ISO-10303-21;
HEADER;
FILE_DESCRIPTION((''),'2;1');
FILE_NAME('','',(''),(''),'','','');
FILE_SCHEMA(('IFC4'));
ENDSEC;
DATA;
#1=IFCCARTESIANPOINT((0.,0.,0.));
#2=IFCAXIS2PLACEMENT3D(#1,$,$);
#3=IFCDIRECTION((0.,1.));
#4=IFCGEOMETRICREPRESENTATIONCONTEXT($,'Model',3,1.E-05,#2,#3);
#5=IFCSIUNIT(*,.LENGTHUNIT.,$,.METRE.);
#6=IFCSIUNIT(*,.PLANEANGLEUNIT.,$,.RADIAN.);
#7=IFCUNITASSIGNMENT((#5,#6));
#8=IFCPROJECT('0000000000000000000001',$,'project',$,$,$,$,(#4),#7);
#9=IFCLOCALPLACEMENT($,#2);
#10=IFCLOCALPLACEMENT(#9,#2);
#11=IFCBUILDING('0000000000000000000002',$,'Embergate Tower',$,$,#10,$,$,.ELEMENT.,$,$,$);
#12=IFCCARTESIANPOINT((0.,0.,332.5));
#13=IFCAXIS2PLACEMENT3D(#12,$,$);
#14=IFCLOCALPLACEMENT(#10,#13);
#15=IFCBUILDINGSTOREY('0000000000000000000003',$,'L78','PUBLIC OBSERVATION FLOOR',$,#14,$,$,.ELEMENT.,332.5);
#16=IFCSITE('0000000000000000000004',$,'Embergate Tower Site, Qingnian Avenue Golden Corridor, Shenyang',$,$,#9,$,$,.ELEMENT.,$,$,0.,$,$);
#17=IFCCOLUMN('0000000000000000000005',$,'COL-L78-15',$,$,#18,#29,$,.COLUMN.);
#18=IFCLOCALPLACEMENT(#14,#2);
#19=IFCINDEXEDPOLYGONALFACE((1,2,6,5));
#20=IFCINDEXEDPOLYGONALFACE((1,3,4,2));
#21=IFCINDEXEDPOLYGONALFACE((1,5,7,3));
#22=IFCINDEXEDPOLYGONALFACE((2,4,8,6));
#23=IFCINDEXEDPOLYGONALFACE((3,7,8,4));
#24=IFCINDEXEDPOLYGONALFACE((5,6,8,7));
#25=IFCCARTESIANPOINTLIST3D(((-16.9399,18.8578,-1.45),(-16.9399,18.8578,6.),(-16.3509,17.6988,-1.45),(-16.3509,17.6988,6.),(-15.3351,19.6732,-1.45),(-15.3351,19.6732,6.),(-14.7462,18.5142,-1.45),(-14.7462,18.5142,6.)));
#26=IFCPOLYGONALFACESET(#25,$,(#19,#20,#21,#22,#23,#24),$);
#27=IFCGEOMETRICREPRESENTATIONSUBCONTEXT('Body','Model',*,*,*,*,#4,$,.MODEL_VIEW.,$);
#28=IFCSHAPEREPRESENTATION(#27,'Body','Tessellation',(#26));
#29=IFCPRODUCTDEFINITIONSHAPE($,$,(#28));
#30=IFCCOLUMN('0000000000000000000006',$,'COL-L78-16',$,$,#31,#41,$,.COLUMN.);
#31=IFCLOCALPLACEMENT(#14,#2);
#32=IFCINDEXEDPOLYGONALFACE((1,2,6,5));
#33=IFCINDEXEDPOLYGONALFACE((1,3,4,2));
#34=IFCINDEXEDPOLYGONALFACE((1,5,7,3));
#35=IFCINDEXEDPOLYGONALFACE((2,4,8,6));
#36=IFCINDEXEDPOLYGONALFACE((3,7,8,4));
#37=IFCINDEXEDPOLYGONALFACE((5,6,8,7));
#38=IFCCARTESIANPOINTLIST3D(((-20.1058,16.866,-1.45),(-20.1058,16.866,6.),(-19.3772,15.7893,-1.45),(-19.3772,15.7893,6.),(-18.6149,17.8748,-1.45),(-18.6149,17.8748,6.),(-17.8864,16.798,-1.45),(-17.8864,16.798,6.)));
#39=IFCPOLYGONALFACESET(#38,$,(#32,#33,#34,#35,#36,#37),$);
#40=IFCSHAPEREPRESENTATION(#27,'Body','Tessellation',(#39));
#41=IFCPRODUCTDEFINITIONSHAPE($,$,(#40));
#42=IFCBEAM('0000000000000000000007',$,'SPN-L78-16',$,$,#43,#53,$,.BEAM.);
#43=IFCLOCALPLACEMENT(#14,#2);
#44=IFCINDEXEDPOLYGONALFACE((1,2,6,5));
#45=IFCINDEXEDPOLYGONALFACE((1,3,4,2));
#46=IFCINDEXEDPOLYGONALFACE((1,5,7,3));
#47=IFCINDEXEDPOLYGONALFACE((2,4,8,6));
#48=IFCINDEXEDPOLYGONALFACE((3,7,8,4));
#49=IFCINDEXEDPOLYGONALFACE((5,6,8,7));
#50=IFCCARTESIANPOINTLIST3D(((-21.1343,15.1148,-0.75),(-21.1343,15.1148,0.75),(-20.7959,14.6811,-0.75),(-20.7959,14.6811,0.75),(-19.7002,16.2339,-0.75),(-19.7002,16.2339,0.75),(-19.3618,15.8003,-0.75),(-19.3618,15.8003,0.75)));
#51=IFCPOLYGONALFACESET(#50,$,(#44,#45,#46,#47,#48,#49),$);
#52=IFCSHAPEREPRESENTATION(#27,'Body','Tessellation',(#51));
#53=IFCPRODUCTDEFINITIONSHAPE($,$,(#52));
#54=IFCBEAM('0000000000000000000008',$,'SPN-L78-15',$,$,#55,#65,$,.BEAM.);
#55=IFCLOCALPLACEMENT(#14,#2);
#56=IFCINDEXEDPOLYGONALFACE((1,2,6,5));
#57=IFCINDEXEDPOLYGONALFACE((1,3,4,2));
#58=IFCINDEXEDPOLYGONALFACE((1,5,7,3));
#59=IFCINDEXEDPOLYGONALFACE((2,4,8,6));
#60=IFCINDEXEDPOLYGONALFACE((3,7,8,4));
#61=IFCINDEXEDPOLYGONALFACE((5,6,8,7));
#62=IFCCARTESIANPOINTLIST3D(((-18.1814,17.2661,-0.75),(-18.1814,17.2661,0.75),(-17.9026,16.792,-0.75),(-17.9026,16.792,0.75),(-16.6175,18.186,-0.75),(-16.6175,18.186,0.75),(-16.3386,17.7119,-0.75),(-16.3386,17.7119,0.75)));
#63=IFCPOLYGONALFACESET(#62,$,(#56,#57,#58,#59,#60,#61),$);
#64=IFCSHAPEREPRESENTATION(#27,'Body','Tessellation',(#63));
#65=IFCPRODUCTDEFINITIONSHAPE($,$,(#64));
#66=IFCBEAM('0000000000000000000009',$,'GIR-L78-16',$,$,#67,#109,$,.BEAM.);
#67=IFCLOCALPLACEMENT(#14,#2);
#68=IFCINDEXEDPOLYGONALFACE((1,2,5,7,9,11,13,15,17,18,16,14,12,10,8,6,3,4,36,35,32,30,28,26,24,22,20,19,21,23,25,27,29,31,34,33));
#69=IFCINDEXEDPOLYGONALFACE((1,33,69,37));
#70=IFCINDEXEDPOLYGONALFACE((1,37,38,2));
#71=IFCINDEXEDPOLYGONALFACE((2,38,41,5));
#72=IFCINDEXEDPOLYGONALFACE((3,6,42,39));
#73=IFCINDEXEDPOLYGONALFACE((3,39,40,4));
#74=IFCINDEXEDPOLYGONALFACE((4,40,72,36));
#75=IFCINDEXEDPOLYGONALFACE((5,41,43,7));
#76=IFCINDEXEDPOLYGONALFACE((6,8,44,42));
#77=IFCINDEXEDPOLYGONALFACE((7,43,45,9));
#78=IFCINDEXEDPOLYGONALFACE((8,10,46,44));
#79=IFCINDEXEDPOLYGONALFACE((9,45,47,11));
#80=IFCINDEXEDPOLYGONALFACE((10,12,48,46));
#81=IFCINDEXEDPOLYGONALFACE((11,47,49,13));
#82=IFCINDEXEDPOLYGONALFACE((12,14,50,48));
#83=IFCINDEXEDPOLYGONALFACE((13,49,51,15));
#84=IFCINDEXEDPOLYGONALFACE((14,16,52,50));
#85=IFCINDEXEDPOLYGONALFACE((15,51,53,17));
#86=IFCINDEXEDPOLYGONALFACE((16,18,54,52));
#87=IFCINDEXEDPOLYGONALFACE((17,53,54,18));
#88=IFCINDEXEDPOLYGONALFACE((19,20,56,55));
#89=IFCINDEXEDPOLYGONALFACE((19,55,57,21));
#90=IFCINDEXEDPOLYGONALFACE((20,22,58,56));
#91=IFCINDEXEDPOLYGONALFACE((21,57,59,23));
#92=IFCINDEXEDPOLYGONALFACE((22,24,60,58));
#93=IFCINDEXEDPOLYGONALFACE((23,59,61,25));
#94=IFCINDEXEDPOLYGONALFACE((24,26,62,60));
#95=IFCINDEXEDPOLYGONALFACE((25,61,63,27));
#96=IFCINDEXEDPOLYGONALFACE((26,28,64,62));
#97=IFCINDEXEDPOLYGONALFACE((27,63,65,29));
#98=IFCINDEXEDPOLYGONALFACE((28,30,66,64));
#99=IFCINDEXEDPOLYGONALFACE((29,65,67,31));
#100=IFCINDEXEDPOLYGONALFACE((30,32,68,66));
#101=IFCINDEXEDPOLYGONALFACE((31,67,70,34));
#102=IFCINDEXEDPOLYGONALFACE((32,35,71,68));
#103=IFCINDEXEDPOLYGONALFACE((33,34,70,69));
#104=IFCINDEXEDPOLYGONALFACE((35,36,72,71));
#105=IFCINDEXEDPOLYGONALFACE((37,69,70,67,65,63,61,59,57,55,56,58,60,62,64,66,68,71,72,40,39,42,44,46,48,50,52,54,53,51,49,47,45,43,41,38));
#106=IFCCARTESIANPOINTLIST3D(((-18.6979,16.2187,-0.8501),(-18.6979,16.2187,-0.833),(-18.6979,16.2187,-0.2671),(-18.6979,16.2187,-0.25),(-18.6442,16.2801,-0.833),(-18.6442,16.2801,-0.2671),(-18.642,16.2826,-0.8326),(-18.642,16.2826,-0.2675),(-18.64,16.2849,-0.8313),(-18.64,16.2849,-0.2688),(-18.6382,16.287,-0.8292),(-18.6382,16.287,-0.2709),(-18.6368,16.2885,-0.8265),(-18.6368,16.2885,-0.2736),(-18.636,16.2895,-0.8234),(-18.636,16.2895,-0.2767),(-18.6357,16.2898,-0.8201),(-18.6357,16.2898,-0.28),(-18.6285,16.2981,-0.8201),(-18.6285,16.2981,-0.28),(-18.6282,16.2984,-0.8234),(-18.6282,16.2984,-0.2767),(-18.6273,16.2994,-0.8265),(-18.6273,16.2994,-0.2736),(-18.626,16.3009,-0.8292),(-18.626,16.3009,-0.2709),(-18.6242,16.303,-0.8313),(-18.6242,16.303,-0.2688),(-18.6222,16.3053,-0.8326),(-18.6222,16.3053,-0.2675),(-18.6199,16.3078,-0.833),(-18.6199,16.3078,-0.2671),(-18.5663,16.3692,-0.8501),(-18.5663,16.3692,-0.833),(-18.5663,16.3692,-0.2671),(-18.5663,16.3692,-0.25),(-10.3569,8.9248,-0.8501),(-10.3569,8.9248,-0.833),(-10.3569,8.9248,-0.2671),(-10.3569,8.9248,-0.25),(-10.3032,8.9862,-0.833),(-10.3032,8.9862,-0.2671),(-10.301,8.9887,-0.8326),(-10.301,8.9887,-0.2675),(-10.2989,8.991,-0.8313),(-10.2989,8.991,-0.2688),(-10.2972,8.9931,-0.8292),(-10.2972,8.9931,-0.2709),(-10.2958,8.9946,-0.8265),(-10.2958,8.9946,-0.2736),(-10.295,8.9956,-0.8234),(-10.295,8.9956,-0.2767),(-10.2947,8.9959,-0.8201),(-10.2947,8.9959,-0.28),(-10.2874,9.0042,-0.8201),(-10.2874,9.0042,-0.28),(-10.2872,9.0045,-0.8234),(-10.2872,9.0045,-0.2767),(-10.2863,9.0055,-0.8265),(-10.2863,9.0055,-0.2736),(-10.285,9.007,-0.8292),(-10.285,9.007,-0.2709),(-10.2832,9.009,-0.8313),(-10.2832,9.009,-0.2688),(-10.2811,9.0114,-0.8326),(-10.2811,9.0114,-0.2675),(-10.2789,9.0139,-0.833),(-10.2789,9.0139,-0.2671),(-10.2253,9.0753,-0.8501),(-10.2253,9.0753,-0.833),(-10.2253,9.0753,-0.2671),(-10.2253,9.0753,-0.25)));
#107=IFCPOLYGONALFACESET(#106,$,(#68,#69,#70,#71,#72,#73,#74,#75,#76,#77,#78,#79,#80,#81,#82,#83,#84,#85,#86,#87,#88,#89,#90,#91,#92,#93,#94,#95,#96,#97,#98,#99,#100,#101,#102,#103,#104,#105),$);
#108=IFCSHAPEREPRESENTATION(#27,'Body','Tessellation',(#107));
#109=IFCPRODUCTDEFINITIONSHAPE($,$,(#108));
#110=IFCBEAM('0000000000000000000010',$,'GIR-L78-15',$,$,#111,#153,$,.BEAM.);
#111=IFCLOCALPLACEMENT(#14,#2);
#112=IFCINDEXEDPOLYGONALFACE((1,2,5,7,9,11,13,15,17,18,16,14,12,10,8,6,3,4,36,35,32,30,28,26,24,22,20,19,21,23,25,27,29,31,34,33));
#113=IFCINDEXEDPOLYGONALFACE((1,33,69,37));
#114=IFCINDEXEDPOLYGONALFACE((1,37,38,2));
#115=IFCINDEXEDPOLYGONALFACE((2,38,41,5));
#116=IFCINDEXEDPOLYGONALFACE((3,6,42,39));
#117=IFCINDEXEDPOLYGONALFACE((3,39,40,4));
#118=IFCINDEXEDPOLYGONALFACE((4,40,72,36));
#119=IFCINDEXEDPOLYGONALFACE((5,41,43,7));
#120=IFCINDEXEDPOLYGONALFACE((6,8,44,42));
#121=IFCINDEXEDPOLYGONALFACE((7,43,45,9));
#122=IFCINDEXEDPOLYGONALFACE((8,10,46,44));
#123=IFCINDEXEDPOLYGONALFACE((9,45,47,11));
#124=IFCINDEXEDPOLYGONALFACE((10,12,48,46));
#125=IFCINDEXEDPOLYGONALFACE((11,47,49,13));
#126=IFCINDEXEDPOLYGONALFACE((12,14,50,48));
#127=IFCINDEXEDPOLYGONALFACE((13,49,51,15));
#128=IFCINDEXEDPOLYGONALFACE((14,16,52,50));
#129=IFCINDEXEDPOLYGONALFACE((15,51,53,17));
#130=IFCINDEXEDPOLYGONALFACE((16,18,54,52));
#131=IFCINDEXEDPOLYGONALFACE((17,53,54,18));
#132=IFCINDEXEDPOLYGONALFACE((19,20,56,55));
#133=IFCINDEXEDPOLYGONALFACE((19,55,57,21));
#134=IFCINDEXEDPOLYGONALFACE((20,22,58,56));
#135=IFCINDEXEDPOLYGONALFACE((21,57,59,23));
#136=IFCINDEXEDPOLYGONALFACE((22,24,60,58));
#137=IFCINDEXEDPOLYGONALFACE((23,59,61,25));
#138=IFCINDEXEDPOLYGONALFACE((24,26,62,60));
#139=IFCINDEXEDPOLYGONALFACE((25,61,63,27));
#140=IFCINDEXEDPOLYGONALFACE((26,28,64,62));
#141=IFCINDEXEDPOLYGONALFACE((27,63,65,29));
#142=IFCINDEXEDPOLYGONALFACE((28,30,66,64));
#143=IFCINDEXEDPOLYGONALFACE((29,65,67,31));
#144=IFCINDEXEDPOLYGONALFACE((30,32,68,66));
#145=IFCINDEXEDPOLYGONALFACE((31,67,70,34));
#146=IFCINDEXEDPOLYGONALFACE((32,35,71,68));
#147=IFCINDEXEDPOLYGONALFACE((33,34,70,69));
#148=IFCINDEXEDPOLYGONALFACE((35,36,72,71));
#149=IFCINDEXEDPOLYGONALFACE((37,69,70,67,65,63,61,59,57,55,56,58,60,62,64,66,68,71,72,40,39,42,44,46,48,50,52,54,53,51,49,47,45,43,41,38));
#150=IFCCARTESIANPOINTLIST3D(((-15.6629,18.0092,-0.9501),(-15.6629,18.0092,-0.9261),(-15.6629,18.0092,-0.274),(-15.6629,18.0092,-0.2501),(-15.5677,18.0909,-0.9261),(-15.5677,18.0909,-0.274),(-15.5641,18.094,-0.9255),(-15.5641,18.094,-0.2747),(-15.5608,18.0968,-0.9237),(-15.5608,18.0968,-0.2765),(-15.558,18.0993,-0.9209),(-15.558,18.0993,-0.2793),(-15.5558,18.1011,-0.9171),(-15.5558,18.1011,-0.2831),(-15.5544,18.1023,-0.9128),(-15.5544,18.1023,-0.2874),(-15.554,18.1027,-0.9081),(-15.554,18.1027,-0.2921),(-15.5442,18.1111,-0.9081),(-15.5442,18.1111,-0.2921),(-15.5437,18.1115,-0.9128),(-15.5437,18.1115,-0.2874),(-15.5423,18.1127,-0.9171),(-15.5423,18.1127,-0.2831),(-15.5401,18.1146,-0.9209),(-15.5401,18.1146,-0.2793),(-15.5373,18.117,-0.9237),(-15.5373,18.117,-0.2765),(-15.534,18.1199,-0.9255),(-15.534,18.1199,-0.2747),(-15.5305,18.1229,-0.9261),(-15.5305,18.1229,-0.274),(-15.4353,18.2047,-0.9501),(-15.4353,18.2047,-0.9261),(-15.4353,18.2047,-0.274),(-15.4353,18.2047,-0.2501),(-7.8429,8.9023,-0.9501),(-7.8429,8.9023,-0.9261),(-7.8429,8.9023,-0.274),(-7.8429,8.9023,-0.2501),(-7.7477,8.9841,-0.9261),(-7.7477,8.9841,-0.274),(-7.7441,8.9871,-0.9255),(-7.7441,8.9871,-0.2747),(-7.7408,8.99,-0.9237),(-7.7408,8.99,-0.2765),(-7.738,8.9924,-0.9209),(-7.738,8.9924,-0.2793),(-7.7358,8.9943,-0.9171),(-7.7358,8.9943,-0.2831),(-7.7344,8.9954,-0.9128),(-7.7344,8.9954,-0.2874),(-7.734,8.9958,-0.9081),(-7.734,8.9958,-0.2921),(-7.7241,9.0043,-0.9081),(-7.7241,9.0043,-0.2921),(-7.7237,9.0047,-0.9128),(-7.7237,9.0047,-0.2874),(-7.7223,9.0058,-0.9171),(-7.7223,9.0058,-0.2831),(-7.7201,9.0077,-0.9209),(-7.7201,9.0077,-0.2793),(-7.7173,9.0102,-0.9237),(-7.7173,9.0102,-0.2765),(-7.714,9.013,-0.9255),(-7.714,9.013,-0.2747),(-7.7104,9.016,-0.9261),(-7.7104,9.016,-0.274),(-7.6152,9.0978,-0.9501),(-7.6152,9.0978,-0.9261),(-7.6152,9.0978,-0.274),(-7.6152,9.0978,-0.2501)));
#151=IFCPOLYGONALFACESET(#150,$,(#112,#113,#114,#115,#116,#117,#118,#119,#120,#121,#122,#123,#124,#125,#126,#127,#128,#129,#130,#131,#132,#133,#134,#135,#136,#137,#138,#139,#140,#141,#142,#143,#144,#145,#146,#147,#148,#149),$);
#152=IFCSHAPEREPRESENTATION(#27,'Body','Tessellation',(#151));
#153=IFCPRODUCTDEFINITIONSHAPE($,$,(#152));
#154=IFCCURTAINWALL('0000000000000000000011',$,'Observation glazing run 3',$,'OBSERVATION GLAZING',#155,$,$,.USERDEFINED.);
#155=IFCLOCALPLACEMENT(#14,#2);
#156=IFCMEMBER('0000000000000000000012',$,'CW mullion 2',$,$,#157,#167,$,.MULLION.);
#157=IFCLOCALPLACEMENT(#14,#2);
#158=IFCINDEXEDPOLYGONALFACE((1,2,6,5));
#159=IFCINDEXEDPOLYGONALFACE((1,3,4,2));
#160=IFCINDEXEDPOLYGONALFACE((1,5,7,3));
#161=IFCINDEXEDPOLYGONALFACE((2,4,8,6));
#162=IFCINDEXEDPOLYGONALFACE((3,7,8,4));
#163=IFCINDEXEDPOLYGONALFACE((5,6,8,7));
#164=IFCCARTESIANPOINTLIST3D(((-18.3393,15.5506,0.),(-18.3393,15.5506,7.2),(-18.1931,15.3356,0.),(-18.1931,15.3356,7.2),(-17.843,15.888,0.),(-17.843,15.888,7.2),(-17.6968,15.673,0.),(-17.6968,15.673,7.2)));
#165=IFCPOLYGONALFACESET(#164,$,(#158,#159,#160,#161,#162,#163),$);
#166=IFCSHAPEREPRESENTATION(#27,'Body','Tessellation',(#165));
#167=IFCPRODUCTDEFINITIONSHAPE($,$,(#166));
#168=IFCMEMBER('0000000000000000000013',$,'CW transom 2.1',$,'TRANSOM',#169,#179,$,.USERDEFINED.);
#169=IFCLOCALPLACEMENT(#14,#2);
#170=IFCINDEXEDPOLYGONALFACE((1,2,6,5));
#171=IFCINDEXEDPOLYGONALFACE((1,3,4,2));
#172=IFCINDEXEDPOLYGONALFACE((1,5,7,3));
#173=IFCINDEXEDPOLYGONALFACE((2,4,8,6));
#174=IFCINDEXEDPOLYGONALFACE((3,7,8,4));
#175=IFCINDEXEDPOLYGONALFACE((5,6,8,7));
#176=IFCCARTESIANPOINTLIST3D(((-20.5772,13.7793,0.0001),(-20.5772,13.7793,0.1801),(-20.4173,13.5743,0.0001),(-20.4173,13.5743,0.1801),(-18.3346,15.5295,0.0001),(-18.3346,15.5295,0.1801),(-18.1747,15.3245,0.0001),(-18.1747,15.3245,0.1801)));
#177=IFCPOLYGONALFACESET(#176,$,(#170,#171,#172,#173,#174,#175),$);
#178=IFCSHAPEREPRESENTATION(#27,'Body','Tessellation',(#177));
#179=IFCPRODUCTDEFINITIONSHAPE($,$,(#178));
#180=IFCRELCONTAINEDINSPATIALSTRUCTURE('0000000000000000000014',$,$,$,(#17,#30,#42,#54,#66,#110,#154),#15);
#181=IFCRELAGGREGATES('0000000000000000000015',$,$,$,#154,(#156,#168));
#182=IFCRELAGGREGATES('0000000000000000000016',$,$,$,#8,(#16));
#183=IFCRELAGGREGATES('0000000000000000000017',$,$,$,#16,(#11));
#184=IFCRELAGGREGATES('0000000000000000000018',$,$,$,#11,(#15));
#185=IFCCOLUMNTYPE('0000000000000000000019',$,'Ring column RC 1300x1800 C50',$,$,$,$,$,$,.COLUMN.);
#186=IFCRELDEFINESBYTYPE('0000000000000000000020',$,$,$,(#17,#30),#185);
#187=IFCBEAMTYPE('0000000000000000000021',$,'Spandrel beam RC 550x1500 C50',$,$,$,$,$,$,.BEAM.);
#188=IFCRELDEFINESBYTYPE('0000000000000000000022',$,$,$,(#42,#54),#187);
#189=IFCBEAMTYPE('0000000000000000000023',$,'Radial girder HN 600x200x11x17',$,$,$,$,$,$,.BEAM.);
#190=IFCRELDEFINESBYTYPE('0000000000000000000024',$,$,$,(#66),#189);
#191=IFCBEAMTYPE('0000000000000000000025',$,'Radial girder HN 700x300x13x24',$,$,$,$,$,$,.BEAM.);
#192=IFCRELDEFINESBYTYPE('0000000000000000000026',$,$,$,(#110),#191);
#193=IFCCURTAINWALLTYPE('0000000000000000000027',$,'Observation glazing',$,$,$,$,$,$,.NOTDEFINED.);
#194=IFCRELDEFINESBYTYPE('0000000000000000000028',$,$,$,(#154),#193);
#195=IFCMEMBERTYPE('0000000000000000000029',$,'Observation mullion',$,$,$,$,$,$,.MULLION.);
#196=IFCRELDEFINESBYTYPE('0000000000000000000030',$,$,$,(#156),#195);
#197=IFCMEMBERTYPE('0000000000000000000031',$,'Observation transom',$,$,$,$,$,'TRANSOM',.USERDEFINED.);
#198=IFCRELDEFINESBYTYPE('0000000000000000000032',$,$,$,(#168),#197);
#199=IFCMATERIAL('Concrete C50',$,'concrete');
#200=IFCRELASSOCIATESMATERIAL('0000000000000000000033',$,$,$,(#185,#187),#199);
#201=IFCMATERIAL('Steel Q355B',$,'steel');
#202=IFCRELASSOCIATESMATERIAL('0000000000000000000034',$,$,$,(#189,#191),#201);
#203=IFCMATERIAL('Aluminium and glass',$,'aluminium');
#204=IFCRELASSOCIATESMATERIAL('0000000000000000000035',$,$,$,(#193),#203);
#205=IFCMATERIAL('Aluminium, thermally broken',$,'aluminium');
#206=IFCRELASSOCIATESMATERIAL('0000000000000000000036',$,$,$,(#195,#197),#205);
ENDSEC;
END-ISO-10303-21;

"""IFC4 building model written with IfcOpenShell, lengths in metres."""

from ifc_helpers import new_model, si_unit, direction, frame, origin, origin_2d, place, context, subcontext, project, spatial, rectangle, i_section, extrude, source, transform, mapped, material, material_profile, profile_set, type_object, element, aggregate, save


model = new_model("IFC4")

# Units and contexts
model_context = context("Model", 3, precision=1e-05, world=origin(), true_north=direction((0.0, 1.0)))
body_context = subcontext(model_context, "Body", "Model", "MODEL_VIEW")
ifc_project = project(units=[si_unit("LENGTHUNIT", "METRE"), si_unit("PLANEANGLEUNIT", "RADIAN")], contexts=[model_context])

# Site, building, storey
site_placement = place(None, origin())
site = spatial("IfcSite", under=ifc_project, at=site_placement, Name="Embergate Tower Site, Qingnian Avenue Golden Corridor, Shenyang", CompositionType="ELEMENT", RefElevation=0.0)
building_placement = place(site_placement, origin())
building = spatial("IfcBuilding", under=site, at=building_placement, Name="Embergate Tower", CompositionType="ELEMENT")
storey_placement = place(building_placement, frame((0.0, 0.0, 332.5)))
storey = spatial("IfcBuildingStorey", under=building, at=storey_placement, Name="L78", Description="PUBLIC OBSERVATION FLOOR", CompositionType="ELEMENT", Elevation=332.5)

# Columns
ifc_material_1 = material(Name="Concrete C50", Category="concrete")
ifc_material_profile_1 = material_profile(ifc_material_1, rectangle(XDim=1.3, YDim=1.8, at=origin_2d()), Name="RC 1300x1800")
ifc_profile_set_1 = profile_set([ifc_material_profile_1], Name="Concrete C50")
column_type = type_object("IfcColumnType", Name="Ring column RC 1300x1800 C50", PredefinedType="COLUMN", material=ifc_profile_set_1)
shared_shape_1 = source(origin(), body_context, "Body", "SweptSolid", [
    extrude(rectangle(XDim=1.3, YDim=1.8, at=origin_2d()), origin(), (0.0, 0.0, 1.0), 7.45),
])
for number, where, z_axis, x_axis, name in (
    (1, (-15.843, 18.686, -1.45), (0.0, 0.0, 1.0), (-0.452995, 0.891513, 0.0), "COL-L78-15"),
    (2, (-18.9961, 16.832, -1.45), (0.0, 0.0, 1.0), (-0.560393, 0.828227, 0.0), "COL-L78-16"),
):
    element("IfcColumn", number, at=place(storey_placement, frame(where, z_axis=z_axis, x_axis=x_axis)), inside=storey, type_object=column_type, Name=name, PredefinedType="COLUMN", context=body_context, shape_type="MappedRepresentation", body=[
        mapped(shared_shape_1, transform((0.0, 0.0, 0.0))),
    ])

# Beams
ifc_material_profile_2 = material_profile(ifc_material_1, rectangle(XDim=0.55, YDim=1.5, at=origin_2d()), Name="RC 550x1500")
ifc_profile_set_2 = profile_set([ifc_material_profile_2], Name="Concrete C50")
beam_type_1 = type_object("IfcBeamType", Name="Spandrel beam RC 550x1500 C50", PredefinedType="BEAM", material=ifc_profile_set_2)
shared_shape_2 = source(origin(), body_context, "Body", "SweptSolid", [
    extrude(rectangle(XDim=0.55, YDim=1.5, at=origin_2d()), origin(), (0.0, 0.0, 1.0), 1.8191),
])
beam_1_placement = place(storey_placement, frame((-19.531, 16.0171, 0.0), z_axis=(-0.788354, -0.615222, 0.0), x_axis=(0.615222, -0.788354, 0.0)))
element("IfcBeam", 3, at=beam_1_placement, inside=storey, type_object=beam_type_1, Name="SPN-L78-16", PredefinedType="BEAM", context=body_context, shape_type="MappedRepresentation", body=[
    mapped(shared_shape_2, transform((0.0, 0.0, 0.0))),
])
shared_shape_3 = source(origin(), body_context, "Body", "SweptSolid", [
    extrude(rectangle(XDim=0.55, YDim=1.5, at=origin_2d()), origin(), (0.0, 0.0, 1.0), 1.8145),
])
beam_2_placement = place(storey_placement, frame((-16.478, 17.949, 0.0), z_axis=(-0.861948, -0.506997, 0.0), x_axis=(0.506997, -0.861948, 0.0)))
element("IfcBeam", 4, at=beam_2_placement, inside=storey, type_object=beam_type_1, Name="SPN-L78-15", PredefinedType="BEAM", context=body_context, shape_type="MappedRepresentation", body=[
    mapped(shared_shape_3, transform((0.0, 0.0, 0.0))),
])
ifc_material_2 = material(Name="Steel Q355B", Category="steel")
ifc_material_profile_3 = material_profile(ifc_material_2, i_section(OverallWidth=0.2, OverallDepth=0.6001, WebThickness=0.011, FlangeThickness=0.0171, FilletRadius=0.0129, at=origin_2d()), Name="HN 600x200x11x17")
ifc_profile_set_3 = profile_set([ifc_material_profile_3], Name="Steel Q355 grade B")
beam_type_2 = type_object("IfcBeamType", Name="Radial girder HN 600x200x11x17", PredefinedType="BEAM", material=ifc_profile_set_3)
shared_shape_4 = source(origin(), body_context, "Body", "SweptSolid", [
    extrude(i_section(OverallWidth=0.2, OverallDepth=0.6001, WebThickness=0.011, FlangeThickness=0.0171, FilletRadius=0.0129, at=origin_2d()), origin(), (0.0, 0.0, 1.0), 11.0803),
])
beam_3_placement = place(storey_placement, frame((-18.6321, 16.2939, -0.55), z_axis=(0.752777, -0.658275, 0.0), x_axis=(0.658275, 0.752777, 0.0)))
element("IfcBeam", 5, at=beam_3_placement, inside=storey, type_object=beam_type_2, Name="GIR-L78-16", PredefinedType="BEAM", context=body_context, shape_type="MappedRepresentation", body=[
    mapped(shared_shape_4, transform((0.0, 0.0, 0.0))),
])
ifc_material_profile_4 = material_profile(ifc_material_2, i_section(OverallWidth=0.3, OverallDepth=0.7, WebThickness=0.0129, FlangeThickness=0.0239, FilletRadius=0.0181, at=origin_2d()), Name="HN 700x300x13x24")
ifc_profile_set_4 = profile_set([ifc_material_profile_4], Name="Steel Q355 grade B")
beam_type_3 = type_object("IfcBeamType", Name="Radial girder HN 700x300x13x24", PredefinedType="BEAM", material=ifc_profile_set_4)
shared_shape_5 = source(origin(), body_context, "Body", "SweptSolid", [
    extrude(i_section(OverallWidth=0.3, OverallDepth=0.7, WebThickness=0.0129, FlangeThickness=0.0239, FilletRadius=0.0181, at=origin_2d()), origin(), (0.0, 0.0, 1.0), 12.0037),
])
beam_4_placement = place(storey_placement, frame((-15.5491, 18.1069, -0.6001), z_axis=(0.651469, -0.758675, 0.0), x_axis=(0.758675, 0.651469, 0.0)))
element("IfcBeam", 6, at=beam_4_placement, inside=storey, type_object=beam_type_3, Name="GIR-L78-15", PredefinedType="BEAM", context=body_context, shape_type="MappedRepresentation", body=[
    mapped(shared_shape_5, transform((0.0, 0.0, 0.0))),
])

# Curtain wall, members
ifc_material_3 = material(Name="Aluminium and glass", Category="aluminium")
curtain_wall_type = type_object("IfcCurtainWallType", Name="Observation glazing", PredefinedType="NOTDEFINED", material=ifc_material_3)
curtain_wall_placement = place(storey_placement, origin())
curtain_wall = element("IfcCurtainWall", 7, at=curtain_wall_placement, inside=storey, type_object=curtain_wall_type, Name="Observation glazing run 3", ObjectType="OBSERVATION GLAZING", PredefinedType="USERDEFINED")
ifc_material_4 = material(Name="Aluminium, thermally broken", Category="aluminium")
ifc_material_profile_5 = material_profile(ifc_material_4, rectangle(XDim=0.26, YDim=0.6001, at=origin_2d()), Name="AL 600x260")
ifc_profile_set_5 = profile_set([ifc_material_profile_5], Name="Aluminium, thermally broken")
member_type_1 = type_object("IfcMemberType", Name="Observation mullion", PredefinedType="MULLION", material=ifc_profile_set_5)
shared_shape_6 = source(origin(), body_context, "Body", "SweptSolid", [
    extrude(rectangle(XDim=0.26, YDim=0.6001, at=origin_2d()), origin(), (0.0, 0.0, 1.0), 7.2),
])
member_1_placement = place(storey_placement, frame((-18.0181, 15.6118, 0.0), z_axis=(0.0, 0.0, 1.0), x_axis=(0.562195, -0.827005, 0.0)))
member_1 = element("IfcMember", 8, at=member_1_placement, type_object=member_type_1, Name="CW mullion 2", PredefinedType="MULLION", context=body_context, shape_type="MappedRepresentation", body=[
    mapped(shared_shape_6, transform((0.0, 0.0, 0.0))),
])
ifc_material_profile_6 = material_profile(ifc_material_4, rectangle(XDim=0.26, YDim=0.1799, at=origin_2d()), Name="AL 180x260")
ifc_profile_set_6 = profile_set([ifc_material_profile_6], Name="Aluminium, thermally broken")
member_type_2 = type_object("IfcMemberType", Name="Observation transom", ElementType="TRANSOM", PredefinedType="USERDEFINED", material=ifc_profile_set_6)
shared_shape_7 = source(origin(), body_context, "Body", "SweptSolid", [
    extrude(rectangle(XDim=0.26, YDim=0.1799, at=origin_2d()), origin(), (0.0, 0.0, 1.0), 2.8447),
])
member_2_placement = place(storey_placement, frame((-18.2546, 15.427, 0.0901), z_axis=(-0.788339, -0.615241, 0.0), x_axis=(0.615241, -0.788339, 0.0)))
member_2 = element("IfcMember", 9, at=member_2_placement, type_object=member_type_2, Name="CW transom 2.1", ObjectType="TRANSOM", PredefinedType="USERDEFINED", context=body_context, shape_type="MappedRepresentation", body=[
    mapped(shared_shape_7, transform((0.0, 0.0, 0.0))),
])
aggregate(curtain_wall, [member_1, member_2])

save(model, "model.ifc")
